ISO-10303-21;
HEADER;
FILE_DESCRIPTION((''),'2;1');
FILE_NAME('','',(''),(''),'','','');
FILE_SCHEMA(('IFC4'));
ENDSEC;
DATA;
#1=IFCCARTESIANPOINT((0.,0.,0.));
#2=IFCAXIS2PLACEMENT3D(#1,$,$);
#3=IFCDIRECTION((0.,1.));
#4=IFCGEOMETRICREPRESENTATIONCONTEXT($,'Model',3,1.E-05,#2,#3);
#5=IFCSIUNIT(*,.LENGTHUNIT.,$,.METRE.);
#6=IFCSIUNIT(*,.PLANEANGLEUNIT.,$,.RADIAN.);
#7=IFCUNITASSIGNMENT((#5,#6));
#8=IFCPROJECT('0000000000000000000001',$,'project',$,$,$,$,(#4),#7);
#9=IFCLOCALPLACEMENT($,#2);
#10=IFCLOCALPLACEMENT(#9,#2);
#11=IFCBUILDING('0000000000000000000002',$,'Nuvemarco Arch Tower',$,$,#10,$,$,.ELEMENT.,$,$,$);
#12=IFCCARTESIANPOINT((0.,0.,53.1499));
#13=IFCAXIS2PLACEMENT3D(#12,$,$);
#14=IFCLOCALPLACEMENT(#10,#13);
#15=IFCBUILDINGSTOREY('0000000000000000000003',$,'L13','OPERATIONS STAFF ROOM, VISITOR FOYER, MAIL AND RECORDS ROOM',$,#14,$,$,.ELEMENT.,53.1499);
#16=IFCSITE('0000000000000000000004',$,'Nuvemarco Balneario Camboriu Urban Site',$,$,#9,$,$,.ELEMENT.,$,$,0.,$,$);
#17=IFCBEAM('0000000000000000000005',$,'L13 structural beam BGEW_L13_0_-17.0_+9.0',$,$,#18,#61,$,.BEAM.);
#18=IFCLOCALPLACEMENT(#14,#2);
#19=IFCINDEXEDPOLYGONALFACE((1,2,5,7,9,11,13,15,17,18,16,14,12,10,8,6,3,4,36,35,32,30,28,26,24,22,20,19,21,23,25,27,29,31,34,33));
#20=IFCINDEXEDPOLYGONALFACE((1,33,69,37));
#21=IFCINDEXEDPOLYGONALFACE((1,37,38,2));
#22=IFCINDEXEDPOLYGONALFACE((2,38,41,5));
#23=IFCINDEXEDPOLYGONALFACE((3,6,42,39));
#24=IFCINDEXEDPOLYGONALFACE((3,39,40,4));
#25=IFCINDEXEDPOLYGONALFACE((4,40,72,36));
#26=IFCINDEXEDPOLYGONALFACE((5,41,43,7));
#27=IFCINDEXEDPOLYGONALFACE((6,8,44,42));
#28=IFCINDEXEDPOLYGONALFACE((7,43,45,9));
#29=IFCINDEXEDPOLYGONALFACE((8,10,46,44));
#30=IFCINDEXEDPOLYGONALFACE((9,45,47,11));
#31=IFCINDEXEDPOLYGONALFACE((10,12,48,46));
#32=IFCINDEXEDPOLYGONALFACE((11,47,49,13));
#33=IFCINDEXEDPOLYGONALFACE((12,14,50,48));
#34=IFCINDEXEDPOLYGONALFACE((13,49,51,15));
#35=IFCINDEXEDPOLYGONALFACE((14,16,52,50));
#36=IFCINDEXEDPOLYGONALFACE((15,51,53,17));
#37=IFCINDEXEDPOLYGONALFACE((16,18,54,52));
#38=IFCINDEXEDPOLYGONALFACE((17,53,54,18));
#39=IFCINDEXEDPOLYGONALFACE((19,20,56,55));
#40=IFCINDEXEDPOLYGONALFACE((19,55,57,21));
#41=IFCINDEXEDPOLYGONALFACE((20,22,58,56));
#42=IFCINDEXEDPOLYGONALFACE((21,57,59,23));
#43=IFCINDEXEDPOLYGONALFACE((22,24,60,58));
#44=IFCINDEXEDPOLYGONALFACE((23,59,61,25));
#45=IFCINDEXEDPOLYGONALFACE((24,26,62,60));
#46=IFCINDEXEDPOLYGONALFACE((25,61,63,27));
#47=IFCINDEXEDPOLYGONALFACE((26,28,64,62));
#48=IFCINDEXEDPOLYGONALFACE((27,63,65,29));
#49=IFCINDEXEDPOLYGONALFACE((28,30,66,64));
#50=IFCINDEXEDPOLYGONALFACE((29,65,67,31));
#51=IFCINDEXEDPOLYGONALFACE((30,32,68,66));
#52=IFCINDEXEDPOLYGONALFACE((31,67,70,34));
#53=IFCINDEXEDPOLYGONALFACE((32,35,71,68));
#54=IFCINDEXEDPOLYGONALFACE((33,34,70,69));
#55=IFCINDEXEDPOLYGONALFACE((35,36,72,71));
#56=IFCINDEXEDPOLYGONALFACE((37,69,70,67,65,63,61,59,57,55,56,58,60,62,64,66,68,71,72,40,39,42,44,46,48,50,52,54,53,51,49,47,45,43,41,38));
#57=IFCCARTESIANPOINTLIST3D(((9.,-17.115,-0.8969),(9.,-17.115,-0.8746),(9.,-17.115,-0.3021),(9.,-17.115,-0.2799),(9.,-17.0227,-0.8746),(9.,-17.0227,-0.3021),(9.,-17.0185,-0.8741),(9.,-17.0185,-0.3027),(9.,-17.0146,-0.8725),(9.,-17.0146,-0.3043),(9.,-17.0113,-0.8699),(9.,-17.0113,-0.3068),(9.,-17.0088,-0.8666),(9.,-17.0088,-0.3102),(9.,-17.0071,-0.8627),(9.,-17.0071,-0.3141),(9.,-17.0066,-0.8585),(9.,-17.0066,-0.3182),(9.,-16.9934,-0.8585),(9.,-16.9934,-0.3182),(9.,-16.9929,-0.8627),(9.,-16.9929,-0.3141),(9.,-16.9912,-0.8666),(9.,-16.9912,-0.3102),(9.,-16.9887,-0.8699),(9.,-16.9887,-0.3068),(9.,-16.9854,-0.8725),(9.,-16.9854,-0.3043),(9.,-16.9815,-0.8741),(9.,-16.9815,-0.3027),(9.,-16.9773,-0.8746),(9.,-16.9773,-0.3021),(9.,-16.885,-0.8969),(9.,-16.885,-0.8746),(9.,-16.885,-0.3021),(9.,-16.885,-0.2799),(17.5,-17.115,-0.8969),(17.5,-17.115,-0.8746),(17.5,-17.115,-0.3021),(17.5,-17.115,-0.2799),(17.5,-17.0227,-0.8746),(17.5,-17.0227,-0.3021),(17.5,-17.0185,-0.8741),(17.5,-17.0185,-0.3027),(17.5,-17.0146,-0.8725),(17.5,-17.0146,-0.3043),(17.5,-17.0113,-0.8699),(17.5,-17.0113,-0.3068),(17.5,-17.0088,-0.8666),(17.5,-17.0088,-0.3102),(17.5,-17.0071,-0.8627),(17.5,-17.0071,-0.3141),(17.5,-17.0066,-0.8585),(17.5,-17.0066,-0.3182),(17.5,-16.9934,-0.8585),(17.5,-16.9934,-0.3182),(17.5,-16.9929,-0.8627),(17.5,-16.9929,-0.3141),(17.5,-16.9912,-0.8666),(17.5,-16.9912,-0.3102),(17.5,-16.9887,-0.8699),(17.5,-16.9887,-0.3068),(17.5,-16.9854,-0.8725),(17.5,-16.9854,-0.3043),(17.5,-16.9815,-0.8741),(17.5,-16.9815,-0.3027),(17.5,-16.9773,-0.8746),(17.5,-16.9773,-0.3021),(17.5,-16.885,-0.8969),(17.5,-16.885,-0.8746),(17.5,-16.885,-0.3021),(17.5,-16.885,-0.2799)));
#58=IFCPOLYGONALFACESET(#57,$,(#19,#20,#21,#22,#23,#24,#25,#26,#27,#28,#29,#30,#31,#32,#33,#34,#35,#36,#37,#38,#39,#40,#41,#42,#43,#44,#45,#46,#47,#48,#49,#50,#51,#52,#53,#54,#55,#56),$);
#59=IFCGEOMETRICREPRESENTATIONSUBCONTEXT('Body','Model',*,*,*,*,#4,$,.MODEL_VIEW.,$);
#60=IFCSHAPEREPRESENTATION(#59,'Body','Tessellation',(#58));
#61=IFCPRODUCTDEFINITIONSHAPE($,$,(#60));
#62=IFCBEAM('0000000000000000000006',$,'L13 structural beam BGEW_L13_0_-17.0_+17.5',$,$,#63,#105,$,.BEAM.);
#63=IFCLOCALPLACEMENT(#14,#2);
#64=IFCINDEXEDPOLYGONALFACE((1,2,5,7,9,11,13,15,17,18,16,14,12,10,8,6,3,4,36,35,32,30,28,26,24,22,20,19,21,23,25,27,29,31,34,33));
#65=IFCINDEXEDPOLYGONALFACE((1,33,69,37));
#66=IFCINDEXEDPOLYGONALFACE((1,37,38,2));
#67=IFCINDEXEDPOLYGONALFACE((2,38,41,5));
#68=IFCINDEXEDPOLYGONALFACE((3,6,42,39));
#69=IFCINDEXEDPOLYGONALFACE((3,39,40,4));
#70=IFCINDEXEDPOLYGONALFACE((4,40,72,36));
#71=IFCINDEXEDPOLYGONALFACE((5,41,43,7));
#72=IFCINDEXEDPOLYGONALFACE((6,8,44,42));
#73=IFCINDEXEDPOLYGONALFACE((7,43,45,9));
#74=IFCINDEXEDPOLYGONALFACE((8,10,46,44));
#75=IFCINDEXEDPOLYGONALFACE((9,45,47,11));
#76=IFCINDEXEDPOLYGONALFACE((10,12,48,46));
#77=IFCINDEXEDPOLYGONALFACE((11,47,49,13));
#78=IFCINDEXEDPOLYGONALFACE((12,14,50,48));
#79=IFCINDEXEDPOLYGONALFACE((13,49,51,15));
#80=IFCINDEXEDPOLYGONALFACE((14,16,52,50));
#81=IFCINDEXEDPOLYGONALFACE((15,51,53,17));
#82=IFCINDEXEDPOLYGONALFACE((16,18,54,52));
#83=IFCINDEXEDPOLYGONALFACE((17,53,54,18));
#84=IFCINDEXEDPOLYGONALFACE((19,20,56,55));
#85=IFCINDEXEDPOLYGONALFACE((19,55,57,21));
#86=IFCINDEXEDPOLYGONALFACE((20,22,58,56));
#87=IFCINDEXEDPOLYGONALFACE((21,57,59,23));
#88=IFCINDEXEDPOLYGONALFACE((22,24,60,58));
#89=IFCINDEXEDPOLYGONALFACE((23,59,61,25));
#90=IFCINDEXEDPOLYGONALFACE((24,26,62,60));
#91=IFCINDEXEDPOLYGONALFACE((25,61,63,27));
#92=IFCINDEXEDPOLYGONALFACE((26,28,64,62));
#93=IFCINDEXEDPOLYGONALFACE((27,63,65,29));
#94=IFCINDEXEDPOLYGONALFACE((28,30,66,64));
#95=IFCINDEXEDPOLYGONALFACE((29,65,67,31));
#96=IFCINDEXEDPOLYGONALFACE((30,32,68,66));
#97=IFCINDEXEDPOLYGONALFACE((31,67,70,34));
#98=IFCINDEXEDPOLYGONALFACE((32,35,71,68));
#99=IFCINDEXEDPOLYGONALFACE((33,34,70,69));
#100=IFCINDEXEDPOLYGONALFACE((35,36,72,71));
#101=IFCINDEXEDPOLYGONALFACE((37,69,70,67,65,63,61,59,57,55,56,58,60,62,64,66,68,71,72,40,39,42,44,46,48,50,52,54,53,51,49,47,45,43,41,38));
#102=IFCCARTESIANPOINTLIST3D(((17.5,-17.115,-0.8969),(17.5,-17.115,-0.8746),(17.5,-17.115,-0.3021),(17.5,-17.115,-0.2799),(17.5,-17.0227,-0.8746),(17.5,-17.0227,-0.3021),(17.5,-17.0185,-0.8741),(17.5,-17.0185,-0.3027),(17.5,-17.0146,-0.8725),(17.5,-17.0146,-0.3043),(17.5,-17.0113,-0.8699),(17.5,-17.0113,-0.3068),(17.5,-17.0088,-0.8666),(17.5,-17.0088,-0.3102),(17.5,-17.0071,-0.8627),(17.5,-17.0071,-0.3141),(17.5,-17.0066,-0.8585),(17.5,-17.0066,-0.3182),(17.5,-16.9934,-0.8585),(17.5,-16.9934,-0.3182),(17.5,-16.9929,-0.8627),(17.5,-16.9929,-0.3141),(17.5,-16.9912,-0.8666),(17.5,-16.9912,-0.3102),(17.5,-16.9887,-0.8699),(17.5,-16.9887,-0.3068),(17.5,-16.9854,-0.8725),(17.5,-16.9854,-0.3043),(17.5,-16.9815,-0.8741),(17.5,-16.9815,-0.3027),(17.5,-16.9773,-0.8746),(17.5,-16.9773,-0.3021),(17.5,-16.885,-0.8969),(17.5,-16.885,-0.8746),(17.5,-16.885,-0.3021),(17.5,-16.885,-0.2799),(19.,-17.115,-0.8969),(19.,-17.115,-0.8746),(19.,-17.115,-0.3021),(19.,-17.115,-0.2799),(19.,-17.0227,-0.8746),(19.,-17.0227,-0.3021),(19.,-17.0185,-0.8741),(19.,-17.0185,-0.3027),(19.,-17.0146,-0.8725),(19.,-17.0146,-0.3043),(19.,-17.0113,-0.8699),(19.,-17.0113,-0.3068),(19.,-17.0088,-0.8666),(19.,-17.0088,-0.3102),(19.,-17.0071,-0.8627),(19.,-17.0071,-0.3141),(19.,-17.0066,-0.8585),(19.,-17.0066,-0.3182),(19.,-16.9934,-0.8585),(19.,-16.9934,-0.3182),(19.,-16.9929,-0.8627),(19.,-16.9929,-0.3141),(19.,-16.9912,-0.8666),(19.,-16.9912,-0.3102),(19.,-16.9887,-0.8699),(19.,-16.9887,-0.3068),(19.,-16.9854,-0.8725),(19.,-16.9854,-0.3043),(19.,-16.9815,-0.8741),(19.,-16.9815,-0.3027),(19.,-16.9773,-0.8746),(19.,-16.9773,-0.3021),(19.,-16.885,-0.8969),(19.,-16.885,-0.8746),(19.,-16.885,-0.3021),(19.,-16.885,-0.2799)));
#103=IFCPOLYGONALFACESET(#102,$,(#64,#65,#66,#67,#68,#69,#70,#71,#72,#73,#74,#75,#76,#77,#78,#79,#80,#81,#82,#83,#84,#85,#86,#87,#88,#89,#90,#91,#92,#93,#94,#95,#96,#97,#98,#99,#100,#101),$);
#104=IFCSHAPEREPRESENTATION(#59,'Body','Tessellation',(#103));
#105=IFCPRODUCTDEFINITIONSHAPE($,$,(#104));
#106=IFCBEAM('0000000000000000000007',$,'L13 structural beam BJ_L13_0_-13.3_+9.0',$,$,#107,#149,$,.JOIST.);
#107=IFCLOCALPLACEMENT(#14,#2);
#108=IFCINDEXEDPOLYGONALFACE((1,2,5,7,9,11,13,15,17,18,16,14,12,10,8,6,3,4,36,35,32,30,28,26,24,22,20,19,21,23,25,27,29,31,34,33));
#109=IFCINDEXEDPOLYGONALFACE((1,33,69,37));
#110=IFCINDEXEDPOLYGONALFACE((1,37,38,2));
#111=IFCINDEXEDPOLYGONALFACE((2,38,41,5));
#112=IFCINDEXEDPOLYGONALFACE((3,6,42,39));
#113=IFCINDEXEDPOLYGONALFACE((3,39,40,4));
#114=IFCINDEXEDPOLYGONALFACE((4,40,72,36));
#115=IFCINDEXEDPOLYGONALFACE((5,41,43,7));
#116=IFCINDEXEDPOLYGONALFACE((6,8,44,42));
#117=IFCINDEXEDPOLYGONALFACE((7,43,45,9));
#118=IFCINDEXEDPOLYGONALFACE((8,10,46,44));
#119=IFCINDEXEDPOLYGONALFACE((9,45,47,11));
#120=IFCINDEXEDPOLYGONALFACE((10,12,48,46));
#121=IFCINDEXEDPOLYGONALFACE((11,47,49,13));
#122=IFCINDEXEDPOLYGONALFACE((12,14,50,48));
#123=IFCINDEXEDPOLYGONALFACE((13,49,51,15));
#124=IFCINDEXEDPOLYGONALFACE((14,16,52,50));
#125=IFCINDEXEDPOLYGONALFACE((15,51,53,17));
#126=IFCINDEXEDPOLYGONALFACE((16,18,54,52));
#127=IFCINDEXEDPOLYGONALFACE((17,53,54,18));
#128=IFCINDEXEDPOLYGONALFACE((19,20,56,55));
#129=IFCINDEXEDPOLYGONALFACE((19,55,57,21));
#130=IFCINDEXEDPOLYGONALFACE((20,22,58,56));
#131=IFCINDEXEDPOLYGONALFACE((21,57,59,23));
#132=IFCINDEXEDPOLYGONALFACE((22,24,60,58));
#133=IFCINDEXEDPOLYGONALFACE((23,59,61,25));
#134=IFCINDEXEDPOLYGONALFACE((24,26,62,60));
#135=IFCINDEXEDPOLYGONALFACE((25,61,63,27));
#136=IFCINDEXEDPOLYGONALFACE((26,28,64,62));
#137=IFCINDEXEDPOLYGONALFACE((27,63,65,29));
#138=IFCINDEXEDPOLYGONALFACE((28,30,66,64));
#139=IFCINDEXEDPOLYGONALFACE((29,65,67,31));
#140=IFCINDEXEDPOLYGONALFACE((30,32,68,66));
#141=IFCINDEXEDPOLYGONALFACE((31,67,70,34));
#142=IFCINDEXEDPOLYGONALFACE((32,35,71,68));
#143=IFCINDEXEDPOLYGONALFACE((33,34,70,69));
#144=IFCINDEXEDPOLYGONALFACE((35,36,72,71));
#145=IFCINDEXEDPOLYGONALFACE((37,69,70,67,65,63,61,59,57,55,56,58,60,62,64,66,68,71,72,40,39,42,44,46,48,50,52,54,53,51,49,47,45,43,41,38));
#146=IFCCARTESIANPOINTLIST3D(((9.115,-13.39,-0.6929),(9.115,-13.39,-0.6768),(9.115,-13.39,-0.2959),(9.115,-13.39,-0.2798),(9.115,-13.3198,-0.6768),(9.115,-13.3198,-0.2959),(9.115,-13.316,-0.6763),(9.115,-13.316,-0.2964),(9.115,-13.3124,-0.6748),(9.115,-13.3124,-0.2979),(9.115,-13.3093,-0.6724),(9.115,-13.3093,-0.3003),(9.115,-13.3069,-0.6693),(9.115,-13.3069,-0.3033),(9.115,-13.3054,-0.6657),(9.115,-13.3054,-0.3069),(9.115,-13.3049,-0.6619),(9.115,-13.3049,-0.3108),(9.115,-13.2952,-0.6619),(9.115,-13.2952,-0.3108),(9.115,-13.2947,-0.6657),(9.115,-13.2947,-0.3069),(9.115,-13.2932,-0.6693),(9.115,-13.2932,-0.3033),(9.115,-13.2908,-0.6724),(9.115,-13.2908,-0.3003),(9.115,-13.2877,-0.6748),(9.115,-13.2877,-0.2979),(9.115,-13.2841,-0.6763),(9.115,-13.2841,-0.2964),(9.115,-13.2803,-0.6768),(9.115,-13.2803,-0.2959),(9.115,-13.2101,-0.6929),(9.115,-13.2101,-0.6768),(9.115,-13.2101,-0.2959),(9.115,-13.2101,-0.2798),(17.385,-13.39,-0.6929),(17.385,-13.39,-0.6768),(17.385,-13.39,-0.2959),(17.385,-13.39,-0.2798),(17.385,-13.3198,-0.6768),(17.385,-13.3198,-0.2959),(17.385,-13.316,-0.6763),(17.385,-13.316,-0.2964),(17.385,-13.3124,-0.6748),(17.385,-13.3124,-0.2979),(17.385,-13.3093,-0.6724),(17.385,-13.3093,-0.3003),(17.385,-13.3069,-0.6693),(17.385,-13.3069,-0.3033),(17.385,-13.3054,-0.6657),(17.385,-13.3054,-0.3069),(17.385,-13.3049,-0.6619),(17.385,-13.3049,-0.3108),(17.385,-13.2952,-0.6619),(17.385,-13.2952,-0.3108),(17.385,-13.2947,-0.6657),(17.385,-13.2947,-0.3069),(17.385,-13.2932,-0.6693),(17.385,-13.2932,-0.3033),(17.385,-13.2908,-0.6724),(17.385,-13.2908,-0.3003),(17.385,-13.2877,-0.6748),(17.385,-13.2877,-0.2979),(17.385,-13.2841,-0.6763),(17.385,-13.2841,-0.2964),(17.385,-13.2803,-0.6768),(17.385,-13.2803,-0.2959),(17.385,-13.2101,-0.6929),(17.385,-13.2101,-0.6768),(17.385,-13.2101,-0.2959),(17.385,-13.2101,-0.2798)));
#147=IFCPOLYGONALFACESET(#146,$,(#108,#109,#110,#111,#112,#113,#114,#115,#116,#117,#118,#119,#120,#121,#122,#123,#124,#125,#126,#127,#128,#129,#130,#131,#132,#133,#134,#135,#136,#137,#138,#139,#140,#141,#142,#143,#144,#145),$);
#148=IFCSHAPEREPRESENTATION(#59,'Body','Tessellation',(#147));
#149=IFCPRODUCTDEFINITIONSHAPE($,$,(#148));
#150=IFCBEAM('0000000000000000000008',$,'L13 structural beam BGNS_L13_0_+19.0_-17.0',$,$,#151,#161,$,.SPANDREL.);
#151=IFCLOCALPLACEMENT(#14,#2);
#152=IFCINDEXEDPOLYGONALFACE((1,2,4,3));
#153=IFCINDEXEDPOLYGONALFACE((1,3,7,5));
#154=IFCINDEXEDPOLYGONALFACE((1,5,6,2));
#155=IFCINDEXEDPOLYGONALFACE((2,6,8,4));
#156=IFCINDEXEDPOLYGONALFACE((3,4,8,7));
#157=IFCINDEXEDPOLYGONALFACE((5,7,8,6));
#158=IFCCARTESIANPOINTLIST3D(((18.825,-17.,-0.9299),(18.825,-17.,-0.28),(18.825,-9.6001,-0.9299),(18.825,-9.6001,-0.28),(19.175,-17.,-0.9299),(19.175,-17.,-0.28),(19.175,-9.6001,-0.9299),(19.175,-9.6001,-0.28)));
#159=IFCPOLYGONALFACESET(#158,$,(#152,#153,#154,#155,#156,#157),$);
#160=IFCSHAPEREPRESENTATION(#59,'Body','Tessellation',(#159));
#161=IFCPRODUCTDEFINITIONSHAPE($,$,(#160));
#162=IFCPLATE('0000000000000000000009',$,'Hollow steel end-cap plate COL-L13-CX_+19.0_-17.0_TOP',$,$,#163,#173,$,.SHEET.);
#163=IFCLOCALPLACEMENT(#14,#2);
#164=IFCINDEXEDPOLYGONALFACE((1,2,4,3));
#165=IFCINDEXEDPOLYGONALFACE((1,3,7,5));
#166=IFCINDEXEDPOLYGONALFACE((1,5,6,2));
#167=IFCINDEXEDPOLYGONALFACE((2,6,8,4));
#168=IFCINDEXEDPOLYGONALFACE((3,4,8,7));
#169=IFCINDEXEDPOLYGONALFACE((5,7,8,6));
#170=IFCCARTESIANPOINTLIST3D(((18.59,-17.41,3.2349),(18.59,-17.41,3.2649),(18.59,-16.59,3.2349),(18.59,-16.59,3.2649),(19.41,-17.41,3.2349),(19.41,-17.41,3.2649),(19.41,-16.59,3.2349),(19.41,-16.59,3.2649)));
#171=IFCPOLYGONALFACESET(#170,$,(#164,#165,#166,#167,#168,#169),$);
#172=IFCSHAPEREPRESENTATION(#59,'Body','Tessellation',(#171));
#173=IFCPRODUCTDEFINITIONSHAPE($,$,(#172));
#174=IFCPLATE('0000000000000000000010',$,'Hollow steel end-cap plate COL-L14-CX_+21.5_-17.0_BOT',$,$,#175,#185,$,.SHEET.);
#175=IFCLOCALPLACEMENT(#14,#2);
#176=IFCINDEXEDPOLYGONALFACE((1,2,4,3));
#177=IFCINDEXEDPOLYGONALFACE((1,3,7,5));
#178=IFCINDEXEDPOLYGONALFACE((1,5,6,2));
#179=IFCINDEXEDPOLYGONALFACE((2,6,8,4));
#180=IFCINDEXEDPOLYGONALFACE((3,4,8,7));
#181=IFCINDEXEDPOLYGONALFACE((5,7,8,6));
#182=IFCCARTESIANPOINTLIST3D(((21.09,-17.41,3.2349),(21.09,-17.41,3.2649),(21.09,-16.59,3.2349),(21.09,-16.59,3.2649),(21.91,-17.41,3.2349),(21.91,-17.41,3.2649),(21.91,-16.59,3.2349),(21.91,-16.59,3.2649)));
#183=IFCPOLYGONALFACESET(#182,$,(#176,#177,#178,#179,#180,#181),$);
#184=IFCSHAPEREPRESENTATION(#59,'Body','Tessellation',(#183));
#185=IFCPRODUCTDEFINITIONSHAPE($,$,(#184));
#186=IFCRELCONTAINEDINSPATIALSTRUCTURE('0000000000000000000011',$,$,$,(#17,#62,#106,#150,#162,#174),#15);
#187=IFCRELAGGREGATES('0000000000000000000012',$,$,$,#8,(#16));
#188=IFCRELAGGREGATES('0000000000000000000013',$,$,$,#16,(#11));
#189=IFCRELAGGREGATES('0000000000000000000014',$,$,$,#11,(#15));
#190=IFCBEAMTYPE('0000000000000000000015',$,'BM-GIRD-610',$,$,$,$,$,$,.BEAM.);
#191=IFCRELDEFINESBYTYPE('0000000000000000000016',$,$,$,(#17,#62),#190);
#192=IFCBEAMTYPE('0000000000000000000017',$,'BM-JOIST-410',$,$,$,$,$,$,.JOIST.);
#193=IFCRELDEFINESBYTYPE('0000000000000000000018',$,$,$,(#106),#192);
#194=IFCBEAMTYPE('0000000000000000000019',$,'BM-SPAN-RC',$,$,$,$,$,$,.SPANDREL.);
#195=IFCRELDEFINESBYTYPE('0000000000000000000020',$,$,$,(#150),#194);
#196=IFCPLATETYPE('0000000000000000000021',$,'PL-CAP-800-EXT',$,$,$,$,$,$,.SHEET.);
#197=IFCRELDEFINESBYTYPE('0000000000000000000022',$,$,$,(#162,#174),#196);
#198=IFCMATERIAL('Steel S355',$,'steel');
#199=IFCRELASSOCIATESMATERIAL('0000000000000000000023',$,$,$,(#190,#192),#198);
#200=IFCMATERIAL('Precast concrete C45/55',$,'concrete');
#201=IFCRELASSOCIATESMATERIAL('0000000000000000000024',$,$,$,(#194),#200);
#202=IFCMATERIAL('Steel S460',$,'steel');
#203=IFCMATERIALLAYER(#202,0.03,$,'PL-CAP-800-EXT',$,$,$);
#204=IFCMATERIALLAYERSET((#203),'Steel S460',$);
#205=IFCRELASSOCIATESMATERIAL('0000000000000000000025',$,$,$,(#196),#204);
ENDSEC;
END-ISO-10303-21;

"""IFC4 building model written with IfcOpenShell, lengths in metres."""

from ifc_helpers import new_model, si_unit, direction, frame, origin, origin_2d, place, context, subcontext, project, spatial, rectangle, i_section, extrude, source, transform, mapped, material, layer, layer_set, material_profile, profile_set, type_object, type_shapes, element, save


model = new_model("IFC4")

# Units and contexts
model_context = context("Model", 3, precision=1e-05, world=origin(), true_north=direction((0.0, 1.0)))
body_context = subcontext(model_context, "Body", "Model", "MODEL_VIEW")
ifc_project = project(units=[si_unit("LENGTHUNIT", "METRE"), si_unit("PLANEANGLEUNIT", "RADIAN")], contexts=[model_context])

# Site, building, storey
site_placement = place(None, origin())
site = spatial("IfcSite", under=ifc_project, at=site_placement, Name="Nuvemarco Balneario Camboriu Urban Site", CompositionType="ELEMENT", RefElevation=0.0)
building_placement = place(site_placement, origin())
building = spatial("IfcBuilding", under=site, at=building_placement, Name="Nuvemarco Arch Tower", CompositionType="ELEMENT")
storey_placement = place(building_placement, frame((0.0, 0.0, 53.1499)))
storey = spatial("IfcBuildingStorey", under=building, at=storey_placement, Name="L13", Description="OPERATIONS STAFF ROOM, VISITOR FOYER, MAIL AND RECORDS ROOM", CompositionType="ELEMENT", Elevation=53.1499)

# Shared definitions
ifc_material_1 = material(Name="Steel S460", Category="steel")
ifc_material_2 = material(Name="Steel S355", Category="steel")

# Beams
ifc_material_profile_1 = material_profile(ifc_material_2, i_section(OverallWidth=0.23, OverallDepth=0.6169, WebThickness=0.0132, FlangeThickness=0.0222, FilletRadius=0.0161, at=origin_2d()), Name="W610x140")
ifc_profile_set_1 = profile_set([ifc_material_profile_1], Name="Steel S355")
beam_type_1 = type_object("IfcBeamType", Name="BM-GIRD-610", PredefinedType="BEAM", material=ifc_profile_set_1)
beam_1_placement = place(storey_placement, frame((9.0, -17.0, -0.5884), z_axis=(1.0, 0.0, 0.0), x_axis=(0.0, 1.0, 0.0)))
element("IfcBeam", 1, at=beam_1_placement, inside=storey, type_object=beam_type_1, Name="L13 structural beam BGEW_L13_0_-17.0_+9.0", PredefinedType="BEAM", context=body_context, shape_type="SweptSolid", body=[
    extrude(i_section(OverallWidth=0.23, OverallDepth=0.6169, WebThickness=0.0132, FlangeThickness=0.0222, FilletRadius=0.0161, at=origin_2d()), origin(), (0.0, 0.0, 1.0), 8.5),
])
beam_2_placement = place(storey_placement, frame((17.5, -17.0, -0.5884), z_axis=(1.0, 0.0, 0.0), x_axis=(0.0, 1.0, 0.0)))
element("IfcBeam", 2, at=beam_2_placement, inside=storey, type_object=beam_type_1, Name="L13 structural beam BGEW_L13_0_-17.0_+17.5", PredefinedType="BEAM", context=body_context, shape_type="SweptSolid", body=[
    extrude(i_section(OverallWidth=0.23, OverallDepth=0.6169, WebThickness=0.0132, FlangeThickness=0.0222, FilletRadius=0.0161, at=origin_2d()), origin(), (0.0, 0.0, 1.0), 1.5),
])
ifc_material_profile_2 = material_profile(ifc_material_2, i_section(OverallWidth=0.1799, OverallDepth=0.4131, WebThickness=0.0098, FlangeThickness=0.0161, FilletRadius=0.0149, at=origin_2d()), Name="W410x75")
ifc_profile_set_2 = profile_set([ifc_material_profile_2], Name="Steel S355")
beam_type_2 = type_object("IfcBeamType", Name="BM-JOIST-410", PredefinedType="JOIST", material=ifc_profile_set_2)
beam_3_placement = place(storey_placement, frame((9.115, -13.3, -0.4863), z_axis=(1.0, 0.0, 0.0), x_axis=(0.0, 1.0, 0.0)))
element("IfcBeam", 3, at=beam_3_placement, inside=storey, type_object=beam_type_2, Name="L13 structural beam BJ_L13_0_-13.3_+9.0", PredefinedType="JOIST", context=body_context, shape_type="SweptSolid", body=[
    extrude(i_section(OverallWidth=0.1799, OverallDepth=0.4131, WebThickness=0.0098, FlangeThickness=0.0161, FilletRadius=0.0149, at=origin_2d()), origin(), (0.0, 0.0, 1.0), 8.27),
])
ifc_material_3 = material(Name="Precast concrete C45/55", Category="concrete")
ifc_material_profile_3 = material_profile(ifc_material_3, rectangle(XDim=0.3501, YDim=0.6499, at=origin_2d()), Name="PC-SP-350x650")
ifc_profile_set_3 = profile_set([ifc_material_profile_3], Name="Precast concrete C45/55")
beam_type_3 = type_object("IfcBeamType", Name="BM-SPAN-RC", PredefinedType="SPANDREL", material=ifc_profile_set_3)
beam_4_placement = place(storey_placement, frame((19.0, -17.0, -0.605), z_axis=(0.0, 1.0, 0.0), x_axis=(-1.0, 0.0, 0.0)))
element("IfcBeam", 4, at=beam_4_placement, inside=storey, type_object=beam_type_3, Name="L13 structural beam BGNS_L13_0_+19.0_-17.0", PredefinedType="SPANDREL", context=body_context, shape_type="SweptSolid", body=[
    extrude(rectangle(XDim=0.3501, YDim=0.6499, at=origin_2d()), origin(), (0.0, 0.0, 1.0), 7.3999),
])

# Plates
ifc_layer_1 = layer(ifc_material_1, 0.03, Name="PL-CAP-800-EXT")
ifc_layer_set_1 = layer_set([ifc_layer_1], Name="Steel S460")
plate_type = type_object("IfcPlateType", Name="PL-CAP-800-EXT", PredefinedType="SHEET", material=ifc_layer_set_1)
shared_shape_1 = source(origin(), body_context, "Body", "SweptSolid", [
    extrude(rectangle(XDim=0.8201, YDim=0.8201, at=origin_2d()), origin(), (0.0, 0.0, 1.0), 0.03),
])
type_shapes(plate_type, [shared_shape_1])
for number, where, z_axis, x_axis, name in (
    (5, (19.0, -17.0, 3.2349), (0.0, 0.0, 1.0), (1.0, 0.0, 0.0), "Hollow steel end-cap plate COL-L13-CX_+19.0_-17.0_TOP"),
    (6, (21.5, -17.0, 3.2349), (0.0, 0.0, 1.0), (1.0, 0.0, 0.0), "Hollow steel end-cap plate COL-L14-CX_+21.5_-17.0_BOT"),
):
    element("IfcPlate", number, at=place(storey_placement, frame(where, z_axis=z_axis, x_axis=x_axis)), inside=storey, type_object=plate_type, Name=name, PredefinedType="SHEET", context=body_context, shape_type="MappedRepresentation", body=[
        mapped(shared_shape_1, transform((0.0, 0.0, 0.0), scale=1.0)),
    ])

save(model, "model.ifc")
